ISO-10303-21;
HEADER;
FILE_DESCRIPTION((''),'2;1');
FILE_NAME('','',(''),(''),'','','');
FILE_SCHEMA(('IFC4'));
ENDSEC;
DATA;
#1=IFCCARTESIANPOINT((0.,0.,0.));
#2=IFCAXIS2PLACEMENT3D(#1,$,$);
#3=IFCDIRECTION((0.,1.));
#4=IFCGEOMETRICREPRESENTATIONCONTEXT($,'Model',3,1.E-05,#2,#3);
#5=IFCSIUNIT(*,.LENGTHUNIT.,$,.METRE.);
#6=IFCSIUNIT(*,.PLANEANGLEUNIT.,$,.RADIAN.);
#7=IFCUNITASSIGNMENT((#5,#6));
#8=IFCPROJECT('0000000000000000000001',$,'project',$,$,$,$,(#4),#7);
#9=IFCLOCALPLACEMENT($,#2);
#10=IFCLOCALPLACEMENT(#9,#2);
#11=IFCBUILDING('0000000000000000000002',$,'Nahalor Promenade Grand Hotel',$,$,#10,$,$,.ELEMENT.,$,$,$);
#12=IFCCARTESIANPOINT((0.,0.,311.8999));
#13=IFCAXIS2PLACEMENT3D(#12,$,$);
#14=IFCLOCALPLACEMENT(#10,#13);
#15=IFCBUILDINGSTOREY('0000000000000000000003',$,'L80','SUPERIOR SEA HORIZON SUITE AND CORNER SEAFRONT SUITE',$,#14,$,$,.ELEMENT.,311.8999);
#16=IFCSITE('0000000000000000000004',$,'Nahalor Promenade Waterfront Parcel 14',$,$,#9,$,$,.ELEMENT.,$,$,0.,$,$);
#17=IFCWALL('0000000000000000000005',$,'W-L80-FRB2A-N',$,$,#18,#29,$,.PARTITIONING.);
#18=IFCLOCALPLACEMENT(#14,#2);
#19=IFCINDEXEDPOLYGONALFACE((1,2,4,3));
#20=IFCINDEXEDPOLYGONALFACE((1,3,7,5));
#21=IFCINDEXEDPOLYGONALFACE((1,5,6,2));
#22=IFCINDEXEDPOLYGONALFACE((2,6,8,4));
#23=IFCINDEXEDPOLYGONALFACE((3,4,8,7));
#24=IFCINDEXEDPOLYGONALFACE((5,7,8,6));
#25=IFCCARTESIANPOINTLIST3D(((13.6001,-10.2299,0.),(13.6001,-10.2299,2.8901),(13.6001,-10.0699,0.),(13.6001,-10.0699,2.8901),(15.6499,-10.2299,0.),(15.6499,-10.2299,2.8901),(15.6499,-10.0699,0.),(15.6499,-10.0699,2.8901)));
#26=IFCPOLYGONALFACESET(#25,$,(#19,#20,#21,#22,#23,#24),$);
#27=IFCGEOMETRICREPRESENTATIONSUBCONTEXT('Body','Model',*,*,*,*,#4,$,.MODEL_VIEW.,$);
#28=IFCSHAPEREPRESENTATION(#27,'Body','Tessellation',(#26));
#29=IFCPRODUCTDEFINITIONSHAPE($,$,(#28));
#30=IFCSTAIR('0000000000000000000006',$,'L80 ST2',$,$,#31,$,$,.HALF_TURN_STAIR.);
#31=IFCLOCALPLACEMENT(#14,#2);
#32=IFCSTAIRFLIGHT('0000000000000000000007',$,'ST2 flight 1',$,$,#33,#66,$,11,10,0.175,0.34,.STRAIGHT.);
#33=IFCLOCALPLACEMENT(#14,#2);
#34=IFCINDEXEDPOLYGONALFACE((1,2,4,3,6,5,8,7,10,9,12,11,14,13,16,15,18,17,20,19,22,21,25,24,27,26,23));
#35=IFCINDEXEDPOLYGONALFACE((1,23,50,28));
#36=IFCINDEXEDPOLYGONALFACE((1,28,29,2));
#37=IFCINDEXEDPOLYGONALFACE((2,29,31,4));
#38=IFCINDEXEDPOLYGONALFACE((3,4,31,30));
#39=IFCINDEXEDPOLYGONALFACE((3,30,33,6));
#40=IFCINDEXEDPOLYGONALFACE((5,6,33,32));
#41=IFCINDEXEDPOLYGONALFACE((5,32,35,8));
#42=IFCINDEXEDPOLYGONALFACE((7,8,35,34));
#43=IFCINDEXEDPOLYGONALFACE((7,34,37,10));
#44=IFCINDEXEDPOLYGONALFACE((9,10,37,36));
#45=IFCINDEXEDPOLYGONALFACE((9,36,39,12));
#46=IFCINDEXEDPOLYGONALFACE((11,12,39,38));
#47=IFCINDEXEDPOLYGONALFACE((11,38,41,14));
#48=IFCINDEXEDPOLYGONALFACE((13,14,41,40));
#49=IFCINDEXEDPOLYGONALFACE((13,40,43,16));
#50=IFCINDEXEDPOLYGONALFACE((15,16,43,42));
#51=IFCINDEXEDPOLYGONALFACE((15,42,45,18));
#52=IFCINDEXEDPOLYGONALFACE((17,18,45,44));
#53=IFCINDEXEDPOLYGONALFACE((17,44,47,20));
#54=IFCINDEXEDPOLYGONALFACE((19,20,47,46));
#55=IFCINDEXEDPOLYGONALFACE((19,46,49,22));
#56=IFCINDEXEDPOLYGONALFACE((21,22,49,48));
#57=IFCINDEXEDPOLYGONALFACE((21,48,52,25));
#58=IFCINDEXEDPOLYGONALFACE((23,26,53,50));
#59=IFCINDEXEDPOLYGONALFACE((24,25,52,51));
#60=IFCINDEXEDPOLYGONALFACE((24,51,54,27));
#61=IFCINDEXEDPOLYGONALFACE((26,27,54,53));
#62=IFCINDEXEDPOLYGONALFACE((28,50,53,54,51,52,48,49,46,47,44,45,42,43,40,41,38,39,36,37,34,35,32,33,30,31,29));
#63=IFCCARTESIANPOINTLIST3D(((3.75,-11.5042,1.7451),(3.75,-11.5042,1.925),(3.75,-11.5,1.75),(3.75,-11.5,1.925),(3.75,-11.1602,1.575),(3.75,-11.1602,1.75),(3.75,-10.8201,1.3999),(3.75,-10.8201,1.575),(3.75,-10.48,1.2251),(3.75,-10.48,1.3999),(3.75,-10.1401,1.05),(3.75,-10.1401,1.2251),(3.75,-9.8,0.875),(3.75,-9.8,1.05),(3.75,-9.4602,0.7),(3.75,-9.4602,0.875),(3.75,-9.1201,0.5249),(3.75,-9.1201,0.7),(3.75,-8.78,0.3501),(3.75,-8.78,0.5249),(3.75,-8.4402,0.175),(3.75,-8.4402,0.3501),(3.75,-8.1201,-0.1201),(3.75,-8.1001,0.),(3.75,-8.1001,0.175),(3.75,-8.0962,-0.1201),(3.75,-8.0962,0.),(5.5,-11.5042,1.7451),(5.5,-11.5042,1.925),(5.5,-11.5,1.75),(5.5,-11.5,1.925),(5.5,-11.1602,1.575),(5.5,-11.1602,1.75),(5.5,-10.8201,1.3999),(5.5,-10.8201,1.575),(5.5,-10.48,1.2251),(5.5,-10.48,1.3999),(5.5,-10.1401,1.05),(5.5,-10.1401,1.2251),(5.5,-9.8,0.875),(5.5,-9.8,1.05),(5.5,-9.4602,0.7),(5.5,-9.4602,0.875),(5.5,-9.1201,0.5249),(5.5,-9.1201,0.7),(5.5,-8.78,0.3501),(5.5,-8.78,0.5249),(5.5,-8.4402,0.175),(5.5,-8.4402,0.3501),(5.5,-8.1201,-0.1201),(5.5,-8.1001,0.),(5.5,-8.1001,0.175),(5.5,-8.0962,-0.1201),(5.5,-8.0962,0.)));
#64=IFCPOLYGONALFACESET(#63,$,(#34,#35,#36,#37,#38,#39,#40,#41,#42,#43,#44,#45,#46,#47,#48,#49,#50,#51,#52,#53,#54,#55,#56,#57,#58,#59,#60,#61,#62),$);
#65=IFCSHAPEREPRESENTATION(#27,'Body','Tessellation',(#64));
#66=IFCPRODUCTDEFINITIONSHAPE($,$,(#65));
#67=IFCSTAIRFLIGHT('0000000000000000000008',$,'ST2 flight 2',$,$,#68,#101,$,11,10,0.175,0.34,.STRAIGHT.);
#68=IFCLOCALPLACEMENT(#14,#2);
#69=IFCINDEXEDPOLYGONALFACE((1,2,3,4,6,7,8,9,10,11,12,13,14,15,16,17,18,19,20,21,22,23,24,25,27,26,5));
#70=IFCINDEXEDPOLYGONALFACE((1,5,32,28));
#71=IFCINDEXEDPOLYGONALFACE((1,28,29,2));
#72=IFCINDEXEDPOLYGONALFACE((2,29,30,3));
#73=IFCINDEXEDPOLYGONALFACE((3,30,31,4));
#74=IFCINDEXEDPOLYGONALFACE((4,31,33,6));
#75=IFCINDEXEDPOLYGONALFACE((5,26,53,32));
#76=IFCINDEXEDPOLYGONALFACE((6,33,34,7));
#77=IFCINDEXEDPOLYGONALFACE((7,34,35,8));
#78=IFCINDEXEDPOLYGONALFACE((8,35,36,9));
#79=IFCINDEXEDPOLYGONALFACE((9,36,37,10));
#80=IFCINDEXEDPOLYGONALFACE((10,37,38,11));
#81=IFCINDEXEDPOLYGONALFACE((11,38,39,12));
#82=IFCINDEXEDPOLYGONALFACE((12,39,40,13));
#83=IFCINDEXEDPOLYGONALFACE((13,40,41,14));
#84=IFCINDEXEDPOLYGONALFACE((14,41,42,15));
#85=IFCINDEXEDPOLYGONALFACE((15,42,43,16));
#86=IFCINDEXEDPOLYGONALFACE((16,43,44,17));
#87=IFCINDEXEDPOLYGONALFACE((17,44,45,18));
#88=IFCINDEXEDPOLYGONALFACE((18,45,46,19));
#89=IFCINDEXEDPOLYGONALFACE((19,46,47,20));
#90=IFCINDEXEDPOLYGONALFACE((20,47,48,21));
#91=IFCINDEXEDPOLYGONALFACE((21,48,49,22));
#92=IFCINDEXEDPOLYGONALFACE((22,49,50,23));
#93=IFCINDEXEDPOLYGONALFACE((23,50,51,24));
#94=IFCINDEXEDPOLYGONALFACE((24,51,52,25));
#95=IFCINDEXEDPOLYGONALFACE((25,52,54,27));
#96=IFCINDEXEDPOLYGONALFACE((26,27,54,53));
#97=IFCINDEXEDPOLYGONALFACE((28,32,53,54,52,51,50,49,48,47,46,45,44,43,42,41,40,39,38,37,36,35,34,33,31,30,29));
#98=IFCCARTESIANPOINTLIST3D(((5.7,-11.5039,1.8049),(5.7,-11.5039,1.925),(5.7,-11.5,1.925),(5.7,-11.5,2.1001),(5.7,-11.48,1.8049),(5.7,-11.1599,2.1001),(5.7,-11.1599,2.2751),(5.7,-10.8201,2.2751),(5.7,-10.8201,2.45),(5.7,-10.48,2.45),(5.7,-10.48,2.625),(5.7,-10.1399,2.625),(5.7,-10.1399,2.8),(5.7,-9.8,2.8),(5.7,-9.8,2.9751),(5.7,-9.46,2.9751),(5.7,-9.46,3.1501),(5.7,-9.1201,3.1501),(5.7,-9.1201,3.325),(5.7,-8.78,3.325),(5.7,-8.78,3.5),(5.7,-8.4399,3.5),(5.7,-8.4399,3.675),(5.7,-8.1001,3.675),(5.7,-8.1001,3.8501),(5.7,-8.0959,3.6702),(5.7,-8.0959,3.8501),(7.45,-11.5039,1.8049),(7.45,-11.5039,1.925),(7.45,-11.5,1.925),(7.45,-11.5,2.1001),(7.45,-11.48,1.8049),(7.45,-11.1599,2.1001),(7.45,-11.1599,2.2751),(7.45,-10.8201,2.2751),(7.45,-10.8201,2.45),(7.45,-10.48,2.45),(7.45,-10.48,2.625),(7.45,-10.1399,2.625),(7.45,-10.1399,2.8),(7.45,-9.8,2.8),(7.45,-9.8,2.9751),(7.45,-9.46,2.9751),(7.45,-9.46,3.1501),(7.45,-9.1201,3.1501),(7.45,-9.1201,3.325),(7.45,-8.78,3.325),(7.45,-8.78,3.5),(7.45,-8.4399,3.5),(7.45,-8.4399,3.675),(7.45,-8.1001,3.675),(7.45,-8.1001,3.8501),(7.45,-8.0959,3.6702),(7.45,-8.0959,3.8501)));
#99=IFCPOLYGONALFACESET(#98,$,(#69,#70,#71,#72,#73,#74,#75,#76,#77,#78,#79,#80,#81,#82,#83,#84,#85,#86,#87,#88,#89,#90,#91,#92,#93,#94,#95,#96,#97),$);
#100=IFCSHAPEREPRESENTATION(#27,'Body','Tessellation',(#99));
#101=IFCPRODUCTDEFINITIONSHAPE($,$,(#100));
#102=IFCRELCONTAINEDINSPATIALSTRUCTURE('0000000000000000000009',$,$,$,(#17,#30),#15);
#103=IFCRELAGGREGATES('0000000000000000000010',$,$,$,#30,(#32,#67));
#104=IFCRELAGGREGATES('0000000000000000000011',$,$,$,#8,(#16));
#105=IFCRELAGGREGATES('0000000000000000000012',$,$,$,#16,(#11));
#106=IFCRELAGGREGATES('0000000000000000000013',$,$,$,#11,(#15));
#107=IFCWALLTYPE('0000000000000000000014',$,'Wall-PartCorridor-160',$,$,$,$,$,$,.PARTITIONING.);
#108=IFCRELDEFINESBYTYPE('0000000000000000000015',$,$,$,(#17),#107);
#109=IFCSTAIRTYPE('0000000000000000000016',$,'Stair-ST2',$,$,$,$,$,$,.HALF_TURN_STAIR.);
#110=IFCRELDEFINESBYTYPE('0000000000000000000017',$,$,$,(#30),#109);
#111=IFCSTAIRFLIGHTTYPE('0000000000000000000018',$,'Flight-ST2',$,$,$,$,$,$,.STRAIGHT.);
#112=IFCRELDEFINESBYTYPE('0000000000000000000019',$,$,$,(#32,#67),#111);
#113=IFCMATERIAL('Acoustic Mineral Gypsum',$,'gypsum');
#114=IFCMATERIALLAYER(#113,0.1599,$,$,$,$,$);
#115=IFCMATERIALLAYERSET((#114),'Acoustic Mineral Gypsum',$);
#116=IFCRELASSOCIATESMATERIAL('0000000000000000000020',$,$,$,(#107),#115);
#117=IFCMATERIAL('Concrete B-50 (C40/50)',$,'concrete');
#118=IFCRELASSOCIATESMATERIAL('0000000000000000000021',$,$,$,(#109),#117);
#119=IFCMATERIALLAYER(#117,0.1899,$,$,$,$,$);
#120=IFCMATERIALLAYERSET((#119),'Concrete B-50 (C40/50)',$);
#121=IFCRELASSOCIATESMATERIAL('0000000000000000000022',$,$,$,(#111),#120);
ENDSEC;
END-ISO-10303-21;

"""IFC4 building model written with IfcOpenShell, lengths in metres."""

from ifc_helpers import new_model, si_unit, direction, frame, frame_2d, origin, place, context, subcontext, project, spatial, polyline, rectangle, outline, extrude, source, transform, mapped, material, layer, layer_set, type_object, element, aggregate, save


model = new_model("IFC4")

# Units and contexts
model_context = context("Model", 3, precision=1e-05, world=origin(), true_north=direction((0.0, 1.0)))
body_context = subcontext(model_context, "Body", "Model", "MODEL_VIEW")
ifc_project = project(units=[si_unit("LENGTHUNIT", "METRE"), si_unit("PLANEANGLEUNIT", "RADIAN")], contexts=[model_context])

# Site, building, storey
site_placement = place(None, origin())
site = spatial("IfcSite", under=ifc_project, at=site_placement, Name="Nahalor Promenade Waterfront Parcel 14", CompositionType="ELEMENT", RefElevation=0.0)
building_placement = place(site_placement, origin())
building = spatial("IfcBuilding", under=site, at=building_placement, Name="Nahalor Promenade Grand Hotel", CompositionType="ELEMENT")
storey_placement = place(building_placement, frame((0.0, 0.0, 311.8999)))
storey = spatial("IfcBuildingStorey", under=building, at=storey_placement, Name="L80", Description="SUPERIOR SEA HORIZON SUITE AND CORNER SEAFRONT SUITE", CompositionType="ELEMENT", Elevation=311.8999)

# Shared definitions
ifc_material_1 = material(Name="Concrete B-50 (C40/50)", Category="concrete")

# Wall
ifc_material_2 = material(Name="Acoustic Mineral Gypsum", Category="gypsum")
ifc_layer_1 = layer(ifc_material_2, 0.1599)
ifc_layer_set_1 = layer_set([ifc_layer_1], Name="Acoustic Mineral Gypsum")
wall_type_1 = type_object("IfcWallType", Name="Wall-PartCorridor-160", PredefinedType="PARTITIONING", material=ifc_layer_set_1)
shared_shape_1 = source(origin(), body_context, "Body", "SweptSolid", [
    extrude(rectangle(XDim=2.0498, YDim=0.1599, at=frame_2d((1.0249, 0.0))), origin(), (0.0, 0.0, 1.0), 2.8901),
])
wall_1_placement = place(storey_placement, frame((13.6001, -10.1499, 0.0), z_axis=(0.0, 0.0, 1.0), x_axis=(1.0, 0.0, 0.0)))
element("IfcWall", 1, at=wall_1_placement, inside=storey, type_object=wall_type_1, Name="W-L80-FRB2A-N", PredefinedType="PARTITIONING", context=body_context, shape_type="MappedRepresentation", body=[
    mapped(shared_shape_1, transform((0.0, 0.0, 0.0), scale=1.0)),
])

# Stair, stair flights
stair_type = type_object("IfcStairType", Name="Stair-ST2", PredefinedType="HALF_TURN_STAIR", material=ifc_material_1)
stair_placement = place(storey_placement, origin())
stair = element("IfcStair", 2, at=stair_placement, inside=storey, type_object=stair_type, Name="L80 ST2", PredefinedType="HALF_TURN_STAIR")
ifc_layer_2 = layer(ifc_material_1, 0.1899)
ifc_layer_set_2 = layer_set([ifc_layer_2], Name="Concrete B-50 (C40/50)")
stair_flight_type = type_object("IfcStairFlightType", Name="Flight-ST2", PredefinedType="STRAIGHT", material=ifc_layer_set_2)
shared_shape_2 = source(origin(), body_context, "Body", "SweptSolid", [
    extrude(outline(polyline([(-0.0039, -0.1201), (-0.0039, 0.0), (0.0, 0.0), (0.0, 0.175), (0.3401, 0.175), (0.3401, 0.3501), (0.6799, 0.3501), (0.6799, 0.5249), (1.02, 0.5249), (1.02, 0.7), (1.3601, 0.7), (1.3601, 0.875), (1.7, 0.875), (1.7, 1.05), (2.04, 1.05), (2.04, 1.2251), (2.3799, 1.2251), (2.3799, 1.3999), (2.72, 1.3999), (2.72, 1.575), (3.0601, 1.575), (3.0601, 1.75), (3.3999, 1.75), (3.3999, 1.925), (3.4041, 1.925), (3.4041, 1.7451), (0.02, -0.1201), (-0.0039, -0.1201)])), frame((0.0, 0.875, 0.0), z_axis=(0.0, -1.0, 0.0), x_axis=(1.0, 0.0, 0.0)), (0.0, 0.0, 1.0), 1.75),
])
stair_flight_1_placement = place(storey_placement, frame((4.625, -8.1001, 0.0), z_axis=(0.0, 0.0, 1.0), x_axis=(0.0, -1.0, 0.0)))
stair_flight_1 = element("IfcStairFlight", 3, at=stair_flight_1_placement, type_object=stair_flight_type, Name="ST2 flight 1", NumberOfRisers=11, NumberOfTreads=10, PredefinedType="STRAIGHT", RiserHeight=0.175, TreadLength=0.34, context=body_context, shape_type="MappedRepresentation", body=[
    mapped(shared_shape_2, transform((0.0, 0.0, 0.0), scale=1.0)),
])
stair_flight_2_placement = place(storey_placement, frame((6.575, -11.5, 1.925), z_axis=(0.0, 0.0, 1.0), x_axis=(0.0, 1.0, 0.0)))
stair_flight_2 = element("IfcStairFlight", 4, at=stair_flight_2_placement, type_object=stair_flight_type, Name="ST2 flight 2", NumberOfRisers=11, NumberOfTreads=10, PredefinedType="STRAIGHT", RiserHeight=0.175, TreadLength=0.34, context=body_context, shape_type="MappedRepresentation", body=[
    mapped(shared_shape_2, transform((0.0, 0.0, 0.0), scale=1.0)),
])
aggregate(stair, [stair_flight_1, stair_flight_2])

save(model, "model.ifc")
